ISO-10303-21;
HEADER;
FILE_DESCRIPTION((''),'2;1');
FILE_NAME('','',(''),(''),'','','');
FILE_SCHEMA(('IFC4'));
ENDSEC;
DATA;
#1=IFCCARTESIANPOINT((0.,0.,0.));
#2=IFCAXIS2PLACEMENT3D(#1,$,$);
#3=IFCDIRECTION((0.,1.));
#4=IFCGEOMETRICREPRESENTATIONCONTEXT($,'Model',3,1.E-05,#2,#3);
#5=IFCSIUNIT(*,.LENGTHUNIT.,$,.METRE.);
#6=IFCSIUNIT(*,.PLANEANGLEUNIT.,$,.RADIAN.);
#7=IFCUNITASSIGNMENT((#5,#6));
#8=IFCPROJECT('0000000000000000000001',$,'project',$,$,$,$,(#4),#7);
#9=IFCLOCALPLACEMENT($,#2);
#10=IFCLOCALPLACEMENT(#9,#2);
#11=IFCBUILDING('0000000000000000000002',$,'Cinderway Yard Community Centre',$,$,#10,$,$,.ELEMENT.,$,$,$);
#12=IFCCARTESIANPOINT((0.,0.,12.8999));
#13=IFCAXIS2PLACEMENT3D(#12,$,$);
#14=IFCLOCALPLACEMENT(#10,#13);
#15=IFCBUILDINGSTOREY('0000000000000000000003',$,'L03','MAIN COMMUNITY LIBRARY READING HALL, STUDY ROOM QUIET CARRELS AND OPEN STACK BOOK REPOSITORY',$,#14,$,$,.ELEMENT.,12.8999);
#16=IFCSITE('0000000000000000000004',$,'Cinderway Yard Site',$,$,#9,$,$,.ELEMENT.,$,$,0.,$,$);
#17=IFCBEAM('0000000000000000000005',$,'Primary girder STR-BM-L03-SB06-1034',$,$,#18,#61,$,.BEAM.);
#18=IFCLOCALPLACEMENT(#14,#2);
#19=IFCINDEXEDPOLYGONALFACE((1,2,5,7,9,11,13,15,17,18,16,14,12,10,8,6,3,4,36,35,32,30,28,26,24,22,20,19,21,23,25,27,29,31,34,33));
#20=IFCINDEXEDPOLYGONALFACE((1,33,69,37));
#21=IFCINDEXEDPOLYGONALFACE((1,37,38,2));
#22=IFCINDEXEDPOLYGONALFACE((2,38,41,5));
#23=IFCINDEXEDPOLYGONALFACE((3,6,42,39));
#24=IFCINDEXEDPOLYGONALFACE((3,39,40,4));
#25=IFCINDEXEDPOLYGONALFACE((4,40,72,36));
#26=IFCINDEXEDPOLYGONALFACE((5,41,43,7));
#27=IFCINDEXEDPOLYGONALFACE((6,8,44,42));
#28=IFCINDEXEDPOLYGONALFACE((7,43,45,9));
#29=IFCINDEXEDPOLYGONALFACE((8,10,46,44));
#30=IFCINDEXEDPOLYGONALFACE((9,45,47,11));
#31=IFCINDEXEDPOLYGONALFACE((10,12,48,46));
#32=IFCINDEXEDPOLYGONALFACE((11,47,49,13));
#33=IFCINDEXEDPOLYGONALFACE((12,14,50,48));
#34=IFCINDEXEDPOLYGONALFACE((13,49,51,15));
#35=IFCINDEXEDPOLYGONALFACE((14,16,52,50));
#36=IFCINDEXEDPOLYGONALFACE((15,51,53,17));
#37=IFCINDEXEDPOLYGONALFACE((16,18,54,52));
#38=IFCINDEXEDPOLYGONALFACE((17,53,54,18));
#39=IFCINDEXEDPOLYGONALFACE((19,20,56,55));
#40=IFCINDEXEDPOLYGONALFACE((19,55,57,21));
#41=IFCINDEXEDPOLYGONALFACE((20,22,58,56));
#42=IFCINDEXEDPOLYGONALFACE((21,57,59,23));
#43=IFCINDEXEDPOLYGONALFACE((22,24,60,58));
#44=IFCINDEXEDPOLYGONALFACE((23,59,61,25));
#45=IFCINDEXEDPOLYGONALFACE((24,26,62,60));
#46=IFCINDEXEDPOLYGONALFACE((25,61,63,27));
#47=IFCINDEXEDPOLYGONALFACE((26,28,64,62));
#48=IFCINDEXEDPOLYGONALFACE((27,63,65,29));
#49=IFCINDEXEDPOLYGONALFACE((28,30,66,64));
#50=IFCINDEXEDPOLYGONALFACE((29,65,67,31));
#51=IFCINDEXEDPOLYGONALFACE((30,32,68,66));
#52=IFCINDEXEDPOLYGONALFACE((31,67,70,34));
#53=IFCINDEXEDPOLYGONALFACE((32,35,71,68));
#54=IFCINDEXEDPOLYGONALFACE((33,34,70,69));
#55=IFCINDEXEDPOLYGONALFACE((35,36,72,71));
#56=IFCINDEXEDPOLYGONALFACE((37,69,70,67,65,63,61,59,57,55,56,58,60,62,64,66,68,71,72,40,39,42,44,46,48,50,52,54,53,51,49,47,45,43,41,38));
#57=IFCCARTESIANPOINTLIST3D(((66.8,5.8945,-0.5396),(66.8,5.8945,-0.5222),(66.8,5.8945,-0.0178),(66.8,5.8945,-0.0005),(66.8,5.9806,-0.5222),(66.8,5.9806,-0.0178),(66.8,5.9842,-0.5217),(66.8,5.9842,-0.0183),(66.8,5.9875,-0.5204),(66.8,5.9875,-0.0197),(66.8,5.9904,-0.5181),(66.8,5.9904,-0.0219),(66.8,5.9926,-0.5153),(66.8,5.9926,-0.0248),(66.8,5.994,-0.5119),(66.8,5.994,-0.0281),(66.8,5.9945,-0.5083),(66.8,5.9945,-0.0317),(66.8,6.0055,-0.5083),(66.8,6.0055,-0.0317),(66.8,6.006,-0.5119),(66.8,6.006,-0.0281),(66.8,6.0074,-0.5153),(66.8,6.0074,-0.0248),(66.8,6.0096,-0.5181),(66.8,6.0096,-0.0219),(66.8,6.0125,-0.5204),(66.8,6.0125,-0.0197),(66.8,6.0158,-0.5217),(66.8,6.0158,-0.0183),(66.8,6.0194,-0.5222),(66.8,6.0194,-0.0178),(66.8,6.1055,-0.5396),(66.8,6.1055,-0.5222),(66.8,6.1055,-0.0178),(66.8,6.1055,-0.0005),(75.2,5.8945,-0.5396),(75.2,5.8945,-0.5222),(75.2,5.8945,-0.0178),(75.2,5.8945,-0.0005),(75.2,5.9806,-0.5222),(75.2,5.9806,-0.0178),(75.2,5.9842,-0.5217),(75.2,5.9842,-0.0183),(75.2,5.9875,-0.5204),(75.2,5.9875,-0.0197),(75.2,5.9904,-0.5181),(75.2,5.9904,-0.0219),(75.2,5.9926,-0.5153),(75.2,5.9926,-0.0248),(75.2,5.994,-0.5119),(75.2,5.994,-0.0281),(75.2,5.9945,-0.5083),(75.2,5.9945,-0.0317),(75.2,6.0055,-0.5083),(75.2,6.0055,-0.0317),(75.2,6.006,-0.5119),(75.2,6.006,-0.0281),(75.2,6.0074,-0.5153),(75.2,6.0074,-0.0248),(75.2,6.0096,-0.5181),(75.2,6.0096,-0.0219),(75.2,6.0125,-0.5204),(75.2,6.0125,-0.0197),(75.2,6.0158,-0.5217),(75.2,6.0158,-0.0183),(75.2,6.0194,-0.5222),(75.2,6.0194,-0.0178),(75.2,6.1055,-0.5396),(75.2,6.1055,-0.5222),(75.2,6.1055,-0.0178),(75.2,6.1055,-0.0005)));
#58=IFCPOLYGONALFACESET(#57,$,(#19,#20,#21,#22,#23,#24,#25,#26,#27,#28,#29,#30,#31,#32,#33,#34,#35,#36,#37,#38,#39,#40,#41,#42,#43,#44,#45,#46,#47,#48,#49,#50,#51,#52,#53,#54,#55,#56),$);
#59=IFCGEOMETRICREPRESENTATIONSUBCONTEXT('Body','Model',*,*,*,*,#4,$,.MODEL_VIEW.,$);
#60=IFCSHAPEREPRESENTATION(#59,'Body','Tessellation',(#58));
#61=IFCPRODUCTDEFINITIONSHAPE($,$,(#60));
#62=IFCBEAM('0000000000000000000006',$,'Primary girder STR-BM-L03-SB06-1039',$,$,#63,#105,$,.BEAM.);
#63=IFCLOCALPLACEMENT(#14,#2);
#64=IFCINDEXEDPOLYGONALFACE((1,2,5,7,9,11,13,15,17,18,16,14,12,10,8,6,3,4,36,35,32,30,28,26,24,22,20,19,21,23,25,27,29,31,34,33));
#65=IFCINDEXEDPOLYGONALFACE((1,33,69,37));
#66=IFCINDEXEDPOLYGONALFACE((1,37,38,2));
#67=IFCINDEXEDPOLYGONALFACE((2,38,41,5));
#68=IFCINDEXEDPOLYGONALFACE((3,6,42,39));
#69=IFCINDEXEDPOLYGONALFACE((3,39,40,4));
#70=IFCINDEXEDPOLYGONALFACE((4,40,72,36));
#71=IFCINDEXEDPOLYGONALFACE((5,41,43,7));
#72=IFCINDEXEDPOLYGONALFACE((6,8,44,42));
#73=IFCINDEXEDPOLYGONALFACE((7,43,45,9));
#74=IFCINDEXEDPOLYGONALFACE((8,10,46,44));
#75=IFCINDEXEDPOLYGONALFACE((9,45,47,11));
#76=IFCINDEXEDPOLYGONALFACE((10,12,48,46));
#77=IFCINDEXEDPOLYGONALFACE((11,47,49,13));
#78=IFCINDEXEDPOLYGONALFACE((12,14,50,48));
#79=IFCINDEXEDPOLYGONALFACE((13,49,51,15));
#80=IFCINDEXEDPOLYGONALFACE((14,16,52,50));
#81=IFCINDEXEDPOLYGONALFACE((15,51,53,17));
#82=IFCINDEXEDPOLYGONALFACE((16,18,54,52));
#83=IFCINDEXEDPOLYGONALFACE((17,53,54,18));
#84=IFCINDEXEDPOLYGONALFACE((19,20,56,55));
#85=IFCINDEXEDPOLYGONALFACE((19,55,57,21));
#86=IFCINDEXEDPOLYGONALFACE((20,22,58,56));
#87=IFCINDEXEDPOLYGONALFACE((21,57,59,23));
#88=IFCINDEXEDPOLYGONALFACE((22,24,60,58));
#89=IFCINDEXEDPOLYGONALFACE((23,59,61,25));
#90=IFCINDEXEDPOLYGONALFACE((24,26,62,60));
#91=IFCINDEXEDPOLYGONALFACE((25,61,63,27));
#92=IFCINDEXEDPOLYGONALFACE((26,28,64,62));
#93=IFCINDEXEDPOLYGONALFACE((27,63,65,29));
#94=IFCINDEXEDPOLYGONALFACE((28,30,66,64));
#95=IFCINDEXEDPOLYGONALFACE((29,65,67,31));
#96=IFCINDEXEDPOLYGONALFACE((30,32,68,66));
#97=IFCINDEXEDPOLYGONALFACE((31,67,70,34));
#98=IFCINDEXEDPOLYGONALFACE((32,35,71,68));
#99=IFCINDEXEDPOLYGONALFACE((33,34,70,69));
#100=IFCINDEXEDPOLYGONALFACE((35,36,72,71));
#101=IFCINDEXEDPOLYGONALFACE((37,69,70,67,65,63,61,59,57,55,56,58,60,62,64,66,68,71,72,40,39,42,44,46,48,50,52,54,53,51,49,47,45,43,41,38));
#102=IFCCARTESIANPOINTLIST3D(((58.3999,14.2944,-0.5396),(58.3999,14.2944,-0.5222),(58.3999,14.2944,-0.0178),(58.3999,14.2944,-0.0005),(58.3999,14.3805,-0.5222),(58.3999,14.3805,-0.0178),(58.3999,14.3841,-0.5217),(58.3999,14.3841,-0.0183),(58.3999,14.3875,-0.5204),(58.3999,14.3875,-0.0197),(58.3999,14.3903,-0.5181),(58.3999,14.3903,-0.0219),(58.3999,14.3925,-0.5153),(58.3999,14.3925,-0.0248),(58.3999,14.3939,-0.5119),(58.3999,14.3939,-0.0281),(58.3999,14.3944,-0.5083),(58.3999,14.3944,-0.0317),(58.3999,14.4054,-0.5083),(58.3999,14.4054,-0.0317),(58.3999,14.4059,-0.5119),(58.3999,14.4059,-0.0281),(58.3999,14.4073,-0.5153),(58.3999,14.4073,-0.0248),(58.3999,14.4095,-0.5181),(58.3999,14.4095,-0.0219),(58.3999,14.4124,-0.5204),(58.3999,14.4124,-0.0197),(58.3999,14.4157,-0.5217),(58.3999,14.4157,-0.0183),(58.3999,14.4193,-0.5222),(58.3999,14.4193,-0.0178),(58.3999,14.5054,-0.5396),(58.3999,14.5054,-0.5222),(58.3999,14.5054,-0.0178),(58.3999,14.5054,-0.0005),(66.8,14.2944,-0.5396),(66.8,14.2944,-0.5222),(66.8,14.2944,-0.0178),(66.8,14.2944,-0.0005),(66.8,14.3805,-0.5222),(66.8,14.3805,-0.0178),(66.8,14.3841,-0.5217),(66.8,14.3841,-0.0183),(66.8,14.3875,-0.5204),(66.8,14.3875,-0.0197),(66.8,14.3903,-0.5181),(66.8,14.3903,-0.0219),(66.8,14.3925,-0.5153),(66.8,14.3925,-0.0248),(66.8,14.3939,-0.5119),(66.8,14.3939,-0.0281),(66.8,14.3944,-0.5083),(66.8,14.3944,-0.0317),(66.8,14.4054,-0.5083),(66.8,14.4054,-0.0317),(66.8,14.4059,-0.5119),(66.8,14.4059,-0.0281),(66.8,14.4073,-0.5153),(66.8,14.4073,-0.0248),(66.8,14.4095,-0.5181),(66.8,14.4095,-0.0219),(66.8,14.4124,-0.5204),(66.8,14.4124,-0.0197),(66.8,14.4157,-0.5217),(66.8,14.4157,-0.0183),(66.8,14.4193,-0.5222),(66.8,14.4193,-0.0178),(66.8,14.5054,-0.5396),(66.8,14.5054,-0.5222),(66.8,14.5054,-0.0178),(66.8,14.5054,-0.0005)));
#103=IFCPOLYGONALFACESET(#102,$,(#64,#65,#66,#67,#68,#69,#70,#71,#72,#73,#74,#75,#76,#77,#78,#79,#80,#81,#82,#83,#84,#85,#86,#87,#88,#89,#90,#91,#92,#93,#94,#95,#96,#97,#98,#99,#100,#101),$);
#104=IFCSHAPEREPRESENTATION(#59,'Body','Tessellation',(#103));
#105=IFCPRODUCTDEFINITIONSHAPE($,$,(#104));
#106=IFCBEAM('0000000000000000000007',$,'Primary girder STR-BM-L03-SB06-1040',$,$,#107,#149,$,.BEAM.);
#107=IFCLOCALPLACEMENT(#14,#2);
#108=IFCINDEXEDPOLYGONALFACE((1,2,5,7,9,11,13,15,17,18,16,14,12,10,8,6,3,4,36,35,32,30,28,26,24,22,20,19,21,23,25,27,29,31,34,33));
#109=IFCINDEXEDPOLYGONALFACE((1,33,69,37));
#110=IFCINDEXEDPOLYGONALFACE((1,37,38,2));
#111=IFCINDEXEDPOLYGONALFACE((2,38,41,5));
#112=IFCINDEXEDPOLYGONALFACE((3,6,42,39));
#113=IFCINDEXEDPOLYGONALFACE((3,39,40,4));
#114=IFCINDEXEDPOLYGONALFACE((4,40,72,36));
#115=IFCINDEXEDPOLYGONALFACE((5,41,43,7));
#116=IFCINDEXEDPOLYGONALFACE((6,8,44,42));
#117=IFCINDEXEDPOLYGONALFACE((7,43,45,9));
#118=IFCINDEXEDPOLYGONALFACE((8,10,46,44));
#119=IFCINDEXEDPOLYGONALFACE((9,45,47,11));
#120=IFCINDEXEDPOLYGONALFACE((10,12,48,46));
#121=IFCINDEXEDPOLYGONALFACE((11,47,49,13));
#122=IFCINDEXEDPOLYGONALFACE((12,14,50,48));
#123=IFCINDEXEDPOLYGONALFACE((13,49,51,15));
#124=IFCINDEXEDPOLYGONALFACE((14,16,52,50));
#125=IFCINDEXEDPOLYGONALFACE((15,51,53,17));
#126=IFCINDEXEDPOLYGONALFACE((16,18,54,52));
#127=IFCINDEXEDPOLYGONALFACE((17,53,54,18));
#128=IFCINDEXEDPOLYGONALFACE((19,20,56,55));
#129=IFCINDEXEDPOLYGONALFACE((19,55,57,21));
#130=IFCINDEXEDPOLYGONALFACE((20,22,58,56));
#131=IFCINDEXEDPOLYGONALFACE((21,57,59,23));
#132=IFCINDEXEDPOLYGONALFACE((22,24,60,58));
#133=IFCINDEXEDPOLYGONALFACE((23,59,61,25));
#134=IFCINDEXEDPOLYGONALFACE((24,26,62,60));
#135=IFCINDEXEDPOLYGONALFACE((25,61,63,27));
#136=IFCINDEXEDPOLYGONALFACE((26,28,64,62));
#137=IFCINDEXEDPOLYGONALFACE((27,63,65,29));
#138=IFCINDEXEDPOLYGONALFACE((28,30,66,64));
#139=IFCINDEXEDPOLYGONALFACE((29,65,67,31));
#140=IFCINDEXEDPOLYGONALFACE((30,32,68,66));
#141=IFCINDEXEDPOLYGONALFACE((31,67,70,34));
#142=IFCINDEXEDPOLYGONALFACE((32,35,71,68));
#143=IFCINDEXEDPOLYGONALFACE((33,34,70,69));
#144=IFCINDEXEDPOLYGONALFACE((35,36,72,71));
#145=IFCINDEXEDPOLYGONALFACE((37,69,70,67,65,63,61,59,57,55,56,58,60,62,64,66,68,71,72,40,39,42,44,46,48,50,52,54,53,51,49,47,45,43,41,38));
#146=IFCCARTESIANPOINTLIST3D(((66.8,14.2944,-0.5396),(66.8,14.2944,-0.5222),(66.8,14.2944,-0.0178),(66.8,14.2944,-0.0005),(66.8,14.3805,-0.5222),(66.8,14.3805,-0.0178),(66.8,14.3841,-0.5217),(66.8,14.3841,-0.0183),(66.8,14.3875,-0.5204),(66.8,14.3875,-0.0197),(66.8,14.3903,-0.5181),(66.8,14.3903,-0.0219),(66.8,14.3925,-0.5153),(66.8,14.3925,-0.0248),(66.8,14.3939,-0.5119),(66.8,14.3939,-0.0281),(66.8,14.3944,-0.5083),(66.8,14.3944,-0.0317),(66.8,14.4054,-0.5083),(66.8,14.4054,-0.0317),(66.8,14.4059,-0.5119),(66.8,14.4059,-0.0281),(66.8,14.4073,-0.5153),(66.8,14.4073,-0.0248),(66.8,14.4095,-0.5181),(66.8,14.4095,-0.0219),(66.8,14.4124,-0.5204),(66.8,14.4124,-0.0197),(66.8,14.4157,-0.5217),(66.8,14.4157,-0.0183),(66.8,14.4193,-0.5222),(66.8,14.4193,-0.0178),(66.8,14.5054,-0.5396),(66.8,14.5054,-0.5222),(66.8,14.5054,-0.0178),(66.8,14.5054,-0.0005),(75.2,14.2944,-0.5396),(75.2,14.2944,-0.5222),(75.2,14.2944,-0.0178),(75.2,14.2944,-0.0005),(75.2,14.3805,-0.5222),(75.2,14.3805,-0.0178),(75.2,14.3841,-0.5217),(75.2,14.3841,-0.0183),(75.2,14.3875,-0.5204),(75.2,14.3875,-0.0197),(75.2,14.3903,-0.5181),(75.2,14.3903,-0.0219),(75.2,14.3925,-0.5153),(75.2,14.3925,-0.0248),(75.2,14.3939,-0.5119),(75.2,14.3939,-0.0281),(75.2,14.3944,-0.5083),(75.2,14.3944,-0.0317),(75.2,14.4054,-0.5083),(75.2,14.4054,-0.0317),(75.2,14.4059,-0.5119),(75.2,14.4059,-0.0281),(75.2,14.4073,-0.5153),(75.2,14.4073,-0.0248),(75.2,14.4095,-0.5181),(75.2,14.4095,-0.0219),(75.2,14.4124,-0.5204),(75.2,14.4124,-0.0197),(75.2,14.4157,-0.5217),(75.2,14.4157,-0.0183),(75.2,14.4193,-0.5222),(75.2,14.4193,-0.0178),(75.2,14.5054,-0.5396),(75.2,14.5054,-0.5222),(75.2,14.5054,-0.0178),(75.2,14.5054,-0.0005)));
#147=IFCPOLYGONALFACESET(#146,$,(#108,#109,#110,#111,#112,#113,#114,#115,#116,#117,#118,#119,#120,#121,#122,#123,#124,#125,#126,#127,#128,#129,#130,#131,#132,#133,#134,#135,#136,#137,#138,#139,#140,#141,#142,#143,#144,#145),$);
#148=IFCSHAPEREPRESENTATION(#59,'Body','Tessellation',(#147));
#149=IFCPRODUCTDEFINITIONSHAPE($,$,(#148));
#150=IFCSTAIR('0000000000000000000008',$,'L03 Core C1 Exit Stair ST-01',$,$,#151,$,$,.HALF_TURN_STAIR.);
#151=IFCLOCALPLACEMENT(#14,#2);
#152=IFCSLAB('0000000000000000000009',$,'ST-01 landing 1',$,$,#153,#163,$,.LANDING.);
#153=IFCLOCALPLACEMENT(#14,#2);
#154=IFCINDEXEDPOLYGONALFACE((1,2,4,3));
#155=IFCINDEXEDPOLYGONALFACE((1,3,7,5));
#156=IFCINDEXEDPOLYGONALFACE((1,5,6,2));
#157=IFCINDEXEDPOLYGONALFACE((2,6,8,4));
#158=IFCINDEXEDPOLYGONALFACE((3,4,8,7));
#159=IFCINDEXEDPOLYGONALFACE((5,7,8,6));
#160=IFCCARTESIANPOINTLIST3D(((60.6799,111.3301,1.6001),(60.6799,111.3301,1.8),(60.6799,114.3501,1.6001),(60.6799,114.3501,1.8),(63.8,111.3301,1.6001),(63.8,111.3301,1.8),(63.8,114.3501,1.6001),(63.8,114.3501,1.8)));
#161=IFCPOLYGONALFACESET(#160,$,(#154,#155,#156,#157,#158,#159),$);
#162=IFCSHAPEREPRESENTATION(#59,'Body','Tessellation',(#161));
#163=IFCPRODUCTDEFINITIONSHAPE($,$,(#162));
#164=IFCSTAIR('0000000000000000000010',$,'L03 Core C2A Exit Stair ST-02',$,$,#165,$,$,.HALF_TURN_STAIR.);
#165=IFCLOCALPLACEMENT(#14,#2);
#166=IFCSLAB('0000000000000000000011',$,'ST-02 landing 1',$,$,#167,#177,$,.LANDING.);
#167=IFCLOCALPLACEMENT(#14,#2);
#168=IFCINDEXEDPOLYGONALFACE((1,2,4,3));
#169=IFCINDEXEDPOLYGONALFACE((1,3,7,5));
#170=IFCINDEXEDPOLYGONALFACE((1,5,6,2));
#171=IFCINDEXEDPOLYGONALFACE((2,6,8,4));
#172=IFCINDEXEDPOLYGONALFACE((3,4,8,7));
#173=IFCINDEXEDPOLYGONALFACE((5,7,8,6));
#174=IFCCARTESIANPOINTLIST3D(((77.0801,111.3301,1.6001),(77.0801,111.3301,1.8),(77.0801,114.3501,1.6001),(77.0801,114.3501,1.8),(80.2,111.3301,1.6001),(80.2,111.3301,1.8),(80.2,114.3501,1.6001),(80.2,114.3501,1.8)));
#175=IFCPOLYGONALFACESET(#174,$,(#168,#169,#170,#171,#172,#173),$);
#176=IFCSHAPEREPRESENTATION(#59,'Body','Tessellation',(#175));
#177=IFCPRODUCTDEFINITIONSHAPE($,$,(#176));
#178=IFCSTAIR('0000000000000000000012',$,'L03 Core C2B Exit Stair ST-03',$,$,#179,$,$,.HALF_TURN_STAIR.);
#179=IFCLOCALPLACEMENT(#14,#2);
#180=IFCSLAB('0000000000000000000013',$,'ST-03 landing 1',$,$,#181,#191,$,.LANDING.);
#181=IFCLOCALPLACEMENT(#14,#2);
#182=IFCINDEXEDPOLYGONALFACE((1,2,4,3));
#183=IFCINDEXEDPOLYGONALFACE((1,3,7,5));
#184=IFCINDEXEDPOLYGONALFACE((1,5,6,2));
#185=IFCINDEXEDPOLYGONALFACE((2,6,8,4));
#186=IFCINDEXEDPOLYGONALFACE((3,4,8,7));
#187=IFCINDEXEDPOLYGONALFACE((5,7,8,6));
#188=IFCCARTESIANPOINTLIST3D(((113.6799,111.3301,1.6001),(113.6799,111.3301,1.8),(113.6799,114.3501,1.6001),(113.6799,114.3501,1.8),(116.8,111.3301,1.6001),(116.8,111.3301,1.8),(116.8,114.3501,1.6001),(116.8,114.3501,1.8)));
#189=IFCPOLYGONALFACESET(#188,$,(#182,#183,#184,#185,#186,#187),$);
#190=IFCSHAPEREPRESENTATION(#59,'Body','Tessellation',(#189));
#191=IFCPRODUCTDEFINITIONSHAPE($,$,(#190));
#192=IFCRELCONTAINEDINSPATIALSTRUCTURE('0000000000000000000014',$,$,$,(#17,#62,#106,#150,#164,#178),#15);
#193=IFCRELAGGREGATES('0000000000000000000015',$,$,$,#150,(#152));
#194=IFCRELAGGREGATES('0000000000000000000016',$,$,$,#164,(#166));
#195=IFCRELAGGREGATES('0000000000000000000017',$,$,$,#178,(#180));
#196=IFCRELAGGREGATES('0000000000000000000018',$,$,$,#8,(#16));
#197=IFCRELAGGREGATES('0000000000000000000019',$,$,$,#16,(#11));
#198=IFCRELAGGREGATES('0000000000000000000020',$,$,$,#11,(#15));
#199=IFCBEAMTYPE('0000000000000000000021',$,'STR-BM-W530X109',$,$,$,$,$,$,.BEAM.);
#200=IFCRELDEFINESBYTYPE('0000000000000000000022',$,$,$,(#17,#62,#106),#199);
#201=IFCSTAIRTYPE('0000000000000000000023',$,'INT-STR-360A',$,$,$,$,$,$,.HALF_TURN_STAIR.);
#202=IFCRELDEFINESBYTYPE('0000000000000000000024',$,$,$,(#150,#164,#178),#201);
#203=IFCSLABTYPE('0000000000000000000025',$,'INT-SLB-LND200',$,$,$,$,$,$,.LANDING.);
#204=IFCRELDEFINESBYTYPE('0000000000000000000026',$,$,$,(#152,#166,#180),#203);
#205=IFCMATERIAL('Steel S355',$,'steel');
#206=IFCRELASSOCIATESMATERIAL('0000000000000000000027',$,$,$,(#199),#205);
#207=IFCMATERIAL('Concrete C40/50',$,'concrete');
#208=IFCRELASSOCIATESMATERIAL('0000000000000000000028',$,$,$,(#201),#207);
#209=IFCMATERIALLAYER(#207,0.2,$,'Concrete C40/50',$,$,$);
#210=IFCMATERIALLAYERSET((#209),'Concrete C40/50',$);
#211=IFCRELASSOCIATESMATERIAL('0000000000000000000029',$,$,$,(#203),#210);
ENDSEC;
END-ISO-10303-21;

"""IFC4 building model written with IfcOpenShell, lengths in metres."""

from ifc_helpers import new_model, si_unit, direction, frame, origin, origin_2d, place, context, subcontext, project, spatial, polyline, i_section, outline, extrude, material, layer, layer_set, material_profile, profile_set, type_object, element, aggregate, save


model = new_model("IFC4")

# Units and contexts
model_context = context("Model", 3, precision=1e-05, world=origin(), true_north=direction((0.0, 1.0)))
body_context = subcontext(model_context, "Body", "Model", "MODEL_VIEW")
ifc_project = project(units=[si_unit("LENGTHUNIT", "METRE"), si_unit("PLANEANGLEUNIT", "RADIAN")], contexts=[model_context])

# Site, building, storey
site_placement = place(None, origin())
site = spatial("IfcSite", under=ifc_project, at=site_placement, Name="Cinderway Yard Site", CompositionType="ELEMENT", RefElevation=0.0)
building_placement = place(site_placement, origin())
building = spatial("IfcBuilding", under=site, at=building_placement, Name="Cinderway Yard Community Centre", CompositionType="ELEMENT")
storey_placement = place(building_placement, frame((0.0, 0.0, 12.8999)))
storey = spatial("IfcBuildingStorey", under=building, at=storey_placement, Name="L03", Description="MAIN COMMUNITY LIBRARY READING HALL, STUDY ROOM QUIET CARRELS AND OPEN STACK BOOK REPOSITORY", CompositionType="ELEMENT", Elevation=12.8999)

# Beams
ifc_material_1 = material(Name="Steel S355", Category="steel")
ifc_material_profile_1 = material_profile(ifc_material_1, i_section(OverallWidth=0.2109, OverallDepth=0.5391, WebThickness=0.011, FlangeThickness=0.0173, FilletRadius=0.0139, at=origin_2d()), Name="Steel S355")
ifc_profile_set_1 = profile_set([ifc_material_profile_1], Name="Steel S355")
beam_type_1 = type_object("IfcBeamType", Name="STR-BM-W530X109", PredefinedType="BEAM", material=ifc_profile_set_1)
beam_1_placement = place(storey_placement, frame((66.8, 6.0, -0.27), z_axis=(1.0, 0.0, 0.0), x_axis=(0.0, 1.0, 0.0)))
element("IfcBeam", 1, at=beam_1_placement, inside=storey, type_object=beam_type_1, Name="Primary girder STR-BM-L03-SB06-1034", PredefinedType="BEAM", context=body_context, shape_type="SweptSolid", body=[
    extrude(i_section(OverallWidth=0.2109, OverallDepth=0.5391, WebThickness=0.011, FlangeThickness=0.0173, FilletRadius=0.0139, at=origin_2d()), origin(), (0.0, 0.0, 1.0), 8.3999),
])
beam_2_placement = place(storey_placement, frame((58.3999, 14.3999, -0.27), z_axis=(1.0, 0.0, 0.0), x_axis=(0.0, 1.0, 0.0)))
element("IfcBeam", 2, at=beam_2_placement, inside=storey, type_object=beam_type_1, Name="Primary girder STR-BM-L03-SB06-1039", PredefinedType="BEAM", context=body_context, shape_type="SweptSolid", body=[
    extrude(i_section(OverallWidth=0.2109, OverallDepth=0.5391, WebThickness=0.011, FlangeThickness=0.0173, FilletRadius=0.0139, at=origin_2d()), origin(), (0.0, 0.0, 1.0), 8.4001),
])
beam_3_placement = place(storey_placement, frame((66.8, 14.3999, -0.27), z_axis=(1.0, 0.0, 0.0), x_axis=(0.0, 1.0, 0.0)))
element("IfcBeam", 3, at=beam_3_placement, inside=storey, type_object=beam_type_1, Name="Primary girder STR-BM-L03-SB06-1040", PredefinedType="BEAM", context=body_context, shape_type="SweptSolid", body=[
    extrude(i_section(OverallWidth=0.2109, OverallDepth=0.5391, WebThickness=0.011, FlangeThickness=0.0173, FilletRadius=0.0139, at=origin_2d()), origin(), (0.0, 0.0, 1.0), 8.3999),
])

# Stairs, slabs
ifc_material_2 = material(Name="Concrete C40/50", Category="concrete")
stair_type = type_object("IfcStairType", Name="INT-STR-360A", PredefinedType="HALF_TURN_STAIR", material=ifc_material_2)
stair_1_placement = place(storey_placement, origin())
stair_1 = element("IfcStair", 4, at=stair_1_placement, inside=storey, type_object=stair_type, Name="L03 Core C1 Exit Stair ST-01", PredefinedType="HALF_TURN_STAIR")
ifc_layer_1 = layer(ifc_material_2, 0.2, Name="Concrete C40/50")
ifc_layer_set_1 = layer_set([ifc_layer_1], Name="Concrete C40/50")
slab_type_1 = type_object("IfcSlabType", Name="INT-SLB-LND200", PredefinedType="LANDING", material=ifc_layer_set_1)
slab_1_placement = place(storey_placement, frame((0.0, 0.0, 1.6001)))
slab_1 = element("IfcSlab", 5, at=slab_1_placement, type_object=slab_type_1, Name="ST-01 landing 1", PredefinedType="LANDING", context=body_context, shape_type="SweptSolid", body=[
    extrude(outline(polyline([(63.8, 111.3301), (63.8, 114.3501), (60.6799, 114.3501), (60.6799, 111.3301), (63.8, 111.3301)])), origin(), (0.0, 0.0, 1.0), 0.2),
])
aggregate(stair_1, [slab_1])
stair_2_placement = place(storey_placement, origin())
stair_2 = element("IfcStair", 6, at=stair_2_placement, inside=storey, type_object=stair_type, Name="L03 Core C2A Exit Stair ST-02", PredefinedType="HALF_TURN_STAIR")
slab_2_placement = place(storey_placement, frame((0.0, 0.0, 1.6001)))
slab_2 = element("IfcSlab", 7, at=slab_2_placement, type_object=slab_type_1, Name="ST-02 landing 1", PredefinedType="LANDING", context=body_context, shape_type="SweptSolid", body=[
    extrude(outline(polyline([(80.2, 111.3301), (80.2, 114.3501), (77.0801, 114.3501), (77.0801, 111.3301), (80.2, 111.3301)])), origin(), (0.0, 0.0, 1.0), 0.2),
])
aggregate(stair_2, [slab_2])
stair_3_placement = place(storey_placement, origin())
stair_3 = element("IfcStair", 8, at=stair_3_placement, inside=storey, type_object=stair_type, Name="L03 Core C2B Exit Stair ST-03", PredefinedType="HALF_TURN_STAIR")
slab_3_placement = place(storey_placement, frame((0.0, 0.0, 1.6001)))
slab_3 = element("IfcSlab", 9, at=slab_3_placement, type_object=slab_type_1, Name="ST-03 landing 1", PredefinedType="LANDING", context=body_context, shape_type="SweptSolid", body=[
    extrude(outline(polyline([(116.8, 111.3301), (116.8, 114.3501), (113.6799, 114.3501), (113.6799, 111.3301), (116.8, 111.3301)])), origin(), (0.0, 0.0, 1.0), 0.2),
])
aggregate(stair_3, [slab_3])

save(model, "model.ifc")
